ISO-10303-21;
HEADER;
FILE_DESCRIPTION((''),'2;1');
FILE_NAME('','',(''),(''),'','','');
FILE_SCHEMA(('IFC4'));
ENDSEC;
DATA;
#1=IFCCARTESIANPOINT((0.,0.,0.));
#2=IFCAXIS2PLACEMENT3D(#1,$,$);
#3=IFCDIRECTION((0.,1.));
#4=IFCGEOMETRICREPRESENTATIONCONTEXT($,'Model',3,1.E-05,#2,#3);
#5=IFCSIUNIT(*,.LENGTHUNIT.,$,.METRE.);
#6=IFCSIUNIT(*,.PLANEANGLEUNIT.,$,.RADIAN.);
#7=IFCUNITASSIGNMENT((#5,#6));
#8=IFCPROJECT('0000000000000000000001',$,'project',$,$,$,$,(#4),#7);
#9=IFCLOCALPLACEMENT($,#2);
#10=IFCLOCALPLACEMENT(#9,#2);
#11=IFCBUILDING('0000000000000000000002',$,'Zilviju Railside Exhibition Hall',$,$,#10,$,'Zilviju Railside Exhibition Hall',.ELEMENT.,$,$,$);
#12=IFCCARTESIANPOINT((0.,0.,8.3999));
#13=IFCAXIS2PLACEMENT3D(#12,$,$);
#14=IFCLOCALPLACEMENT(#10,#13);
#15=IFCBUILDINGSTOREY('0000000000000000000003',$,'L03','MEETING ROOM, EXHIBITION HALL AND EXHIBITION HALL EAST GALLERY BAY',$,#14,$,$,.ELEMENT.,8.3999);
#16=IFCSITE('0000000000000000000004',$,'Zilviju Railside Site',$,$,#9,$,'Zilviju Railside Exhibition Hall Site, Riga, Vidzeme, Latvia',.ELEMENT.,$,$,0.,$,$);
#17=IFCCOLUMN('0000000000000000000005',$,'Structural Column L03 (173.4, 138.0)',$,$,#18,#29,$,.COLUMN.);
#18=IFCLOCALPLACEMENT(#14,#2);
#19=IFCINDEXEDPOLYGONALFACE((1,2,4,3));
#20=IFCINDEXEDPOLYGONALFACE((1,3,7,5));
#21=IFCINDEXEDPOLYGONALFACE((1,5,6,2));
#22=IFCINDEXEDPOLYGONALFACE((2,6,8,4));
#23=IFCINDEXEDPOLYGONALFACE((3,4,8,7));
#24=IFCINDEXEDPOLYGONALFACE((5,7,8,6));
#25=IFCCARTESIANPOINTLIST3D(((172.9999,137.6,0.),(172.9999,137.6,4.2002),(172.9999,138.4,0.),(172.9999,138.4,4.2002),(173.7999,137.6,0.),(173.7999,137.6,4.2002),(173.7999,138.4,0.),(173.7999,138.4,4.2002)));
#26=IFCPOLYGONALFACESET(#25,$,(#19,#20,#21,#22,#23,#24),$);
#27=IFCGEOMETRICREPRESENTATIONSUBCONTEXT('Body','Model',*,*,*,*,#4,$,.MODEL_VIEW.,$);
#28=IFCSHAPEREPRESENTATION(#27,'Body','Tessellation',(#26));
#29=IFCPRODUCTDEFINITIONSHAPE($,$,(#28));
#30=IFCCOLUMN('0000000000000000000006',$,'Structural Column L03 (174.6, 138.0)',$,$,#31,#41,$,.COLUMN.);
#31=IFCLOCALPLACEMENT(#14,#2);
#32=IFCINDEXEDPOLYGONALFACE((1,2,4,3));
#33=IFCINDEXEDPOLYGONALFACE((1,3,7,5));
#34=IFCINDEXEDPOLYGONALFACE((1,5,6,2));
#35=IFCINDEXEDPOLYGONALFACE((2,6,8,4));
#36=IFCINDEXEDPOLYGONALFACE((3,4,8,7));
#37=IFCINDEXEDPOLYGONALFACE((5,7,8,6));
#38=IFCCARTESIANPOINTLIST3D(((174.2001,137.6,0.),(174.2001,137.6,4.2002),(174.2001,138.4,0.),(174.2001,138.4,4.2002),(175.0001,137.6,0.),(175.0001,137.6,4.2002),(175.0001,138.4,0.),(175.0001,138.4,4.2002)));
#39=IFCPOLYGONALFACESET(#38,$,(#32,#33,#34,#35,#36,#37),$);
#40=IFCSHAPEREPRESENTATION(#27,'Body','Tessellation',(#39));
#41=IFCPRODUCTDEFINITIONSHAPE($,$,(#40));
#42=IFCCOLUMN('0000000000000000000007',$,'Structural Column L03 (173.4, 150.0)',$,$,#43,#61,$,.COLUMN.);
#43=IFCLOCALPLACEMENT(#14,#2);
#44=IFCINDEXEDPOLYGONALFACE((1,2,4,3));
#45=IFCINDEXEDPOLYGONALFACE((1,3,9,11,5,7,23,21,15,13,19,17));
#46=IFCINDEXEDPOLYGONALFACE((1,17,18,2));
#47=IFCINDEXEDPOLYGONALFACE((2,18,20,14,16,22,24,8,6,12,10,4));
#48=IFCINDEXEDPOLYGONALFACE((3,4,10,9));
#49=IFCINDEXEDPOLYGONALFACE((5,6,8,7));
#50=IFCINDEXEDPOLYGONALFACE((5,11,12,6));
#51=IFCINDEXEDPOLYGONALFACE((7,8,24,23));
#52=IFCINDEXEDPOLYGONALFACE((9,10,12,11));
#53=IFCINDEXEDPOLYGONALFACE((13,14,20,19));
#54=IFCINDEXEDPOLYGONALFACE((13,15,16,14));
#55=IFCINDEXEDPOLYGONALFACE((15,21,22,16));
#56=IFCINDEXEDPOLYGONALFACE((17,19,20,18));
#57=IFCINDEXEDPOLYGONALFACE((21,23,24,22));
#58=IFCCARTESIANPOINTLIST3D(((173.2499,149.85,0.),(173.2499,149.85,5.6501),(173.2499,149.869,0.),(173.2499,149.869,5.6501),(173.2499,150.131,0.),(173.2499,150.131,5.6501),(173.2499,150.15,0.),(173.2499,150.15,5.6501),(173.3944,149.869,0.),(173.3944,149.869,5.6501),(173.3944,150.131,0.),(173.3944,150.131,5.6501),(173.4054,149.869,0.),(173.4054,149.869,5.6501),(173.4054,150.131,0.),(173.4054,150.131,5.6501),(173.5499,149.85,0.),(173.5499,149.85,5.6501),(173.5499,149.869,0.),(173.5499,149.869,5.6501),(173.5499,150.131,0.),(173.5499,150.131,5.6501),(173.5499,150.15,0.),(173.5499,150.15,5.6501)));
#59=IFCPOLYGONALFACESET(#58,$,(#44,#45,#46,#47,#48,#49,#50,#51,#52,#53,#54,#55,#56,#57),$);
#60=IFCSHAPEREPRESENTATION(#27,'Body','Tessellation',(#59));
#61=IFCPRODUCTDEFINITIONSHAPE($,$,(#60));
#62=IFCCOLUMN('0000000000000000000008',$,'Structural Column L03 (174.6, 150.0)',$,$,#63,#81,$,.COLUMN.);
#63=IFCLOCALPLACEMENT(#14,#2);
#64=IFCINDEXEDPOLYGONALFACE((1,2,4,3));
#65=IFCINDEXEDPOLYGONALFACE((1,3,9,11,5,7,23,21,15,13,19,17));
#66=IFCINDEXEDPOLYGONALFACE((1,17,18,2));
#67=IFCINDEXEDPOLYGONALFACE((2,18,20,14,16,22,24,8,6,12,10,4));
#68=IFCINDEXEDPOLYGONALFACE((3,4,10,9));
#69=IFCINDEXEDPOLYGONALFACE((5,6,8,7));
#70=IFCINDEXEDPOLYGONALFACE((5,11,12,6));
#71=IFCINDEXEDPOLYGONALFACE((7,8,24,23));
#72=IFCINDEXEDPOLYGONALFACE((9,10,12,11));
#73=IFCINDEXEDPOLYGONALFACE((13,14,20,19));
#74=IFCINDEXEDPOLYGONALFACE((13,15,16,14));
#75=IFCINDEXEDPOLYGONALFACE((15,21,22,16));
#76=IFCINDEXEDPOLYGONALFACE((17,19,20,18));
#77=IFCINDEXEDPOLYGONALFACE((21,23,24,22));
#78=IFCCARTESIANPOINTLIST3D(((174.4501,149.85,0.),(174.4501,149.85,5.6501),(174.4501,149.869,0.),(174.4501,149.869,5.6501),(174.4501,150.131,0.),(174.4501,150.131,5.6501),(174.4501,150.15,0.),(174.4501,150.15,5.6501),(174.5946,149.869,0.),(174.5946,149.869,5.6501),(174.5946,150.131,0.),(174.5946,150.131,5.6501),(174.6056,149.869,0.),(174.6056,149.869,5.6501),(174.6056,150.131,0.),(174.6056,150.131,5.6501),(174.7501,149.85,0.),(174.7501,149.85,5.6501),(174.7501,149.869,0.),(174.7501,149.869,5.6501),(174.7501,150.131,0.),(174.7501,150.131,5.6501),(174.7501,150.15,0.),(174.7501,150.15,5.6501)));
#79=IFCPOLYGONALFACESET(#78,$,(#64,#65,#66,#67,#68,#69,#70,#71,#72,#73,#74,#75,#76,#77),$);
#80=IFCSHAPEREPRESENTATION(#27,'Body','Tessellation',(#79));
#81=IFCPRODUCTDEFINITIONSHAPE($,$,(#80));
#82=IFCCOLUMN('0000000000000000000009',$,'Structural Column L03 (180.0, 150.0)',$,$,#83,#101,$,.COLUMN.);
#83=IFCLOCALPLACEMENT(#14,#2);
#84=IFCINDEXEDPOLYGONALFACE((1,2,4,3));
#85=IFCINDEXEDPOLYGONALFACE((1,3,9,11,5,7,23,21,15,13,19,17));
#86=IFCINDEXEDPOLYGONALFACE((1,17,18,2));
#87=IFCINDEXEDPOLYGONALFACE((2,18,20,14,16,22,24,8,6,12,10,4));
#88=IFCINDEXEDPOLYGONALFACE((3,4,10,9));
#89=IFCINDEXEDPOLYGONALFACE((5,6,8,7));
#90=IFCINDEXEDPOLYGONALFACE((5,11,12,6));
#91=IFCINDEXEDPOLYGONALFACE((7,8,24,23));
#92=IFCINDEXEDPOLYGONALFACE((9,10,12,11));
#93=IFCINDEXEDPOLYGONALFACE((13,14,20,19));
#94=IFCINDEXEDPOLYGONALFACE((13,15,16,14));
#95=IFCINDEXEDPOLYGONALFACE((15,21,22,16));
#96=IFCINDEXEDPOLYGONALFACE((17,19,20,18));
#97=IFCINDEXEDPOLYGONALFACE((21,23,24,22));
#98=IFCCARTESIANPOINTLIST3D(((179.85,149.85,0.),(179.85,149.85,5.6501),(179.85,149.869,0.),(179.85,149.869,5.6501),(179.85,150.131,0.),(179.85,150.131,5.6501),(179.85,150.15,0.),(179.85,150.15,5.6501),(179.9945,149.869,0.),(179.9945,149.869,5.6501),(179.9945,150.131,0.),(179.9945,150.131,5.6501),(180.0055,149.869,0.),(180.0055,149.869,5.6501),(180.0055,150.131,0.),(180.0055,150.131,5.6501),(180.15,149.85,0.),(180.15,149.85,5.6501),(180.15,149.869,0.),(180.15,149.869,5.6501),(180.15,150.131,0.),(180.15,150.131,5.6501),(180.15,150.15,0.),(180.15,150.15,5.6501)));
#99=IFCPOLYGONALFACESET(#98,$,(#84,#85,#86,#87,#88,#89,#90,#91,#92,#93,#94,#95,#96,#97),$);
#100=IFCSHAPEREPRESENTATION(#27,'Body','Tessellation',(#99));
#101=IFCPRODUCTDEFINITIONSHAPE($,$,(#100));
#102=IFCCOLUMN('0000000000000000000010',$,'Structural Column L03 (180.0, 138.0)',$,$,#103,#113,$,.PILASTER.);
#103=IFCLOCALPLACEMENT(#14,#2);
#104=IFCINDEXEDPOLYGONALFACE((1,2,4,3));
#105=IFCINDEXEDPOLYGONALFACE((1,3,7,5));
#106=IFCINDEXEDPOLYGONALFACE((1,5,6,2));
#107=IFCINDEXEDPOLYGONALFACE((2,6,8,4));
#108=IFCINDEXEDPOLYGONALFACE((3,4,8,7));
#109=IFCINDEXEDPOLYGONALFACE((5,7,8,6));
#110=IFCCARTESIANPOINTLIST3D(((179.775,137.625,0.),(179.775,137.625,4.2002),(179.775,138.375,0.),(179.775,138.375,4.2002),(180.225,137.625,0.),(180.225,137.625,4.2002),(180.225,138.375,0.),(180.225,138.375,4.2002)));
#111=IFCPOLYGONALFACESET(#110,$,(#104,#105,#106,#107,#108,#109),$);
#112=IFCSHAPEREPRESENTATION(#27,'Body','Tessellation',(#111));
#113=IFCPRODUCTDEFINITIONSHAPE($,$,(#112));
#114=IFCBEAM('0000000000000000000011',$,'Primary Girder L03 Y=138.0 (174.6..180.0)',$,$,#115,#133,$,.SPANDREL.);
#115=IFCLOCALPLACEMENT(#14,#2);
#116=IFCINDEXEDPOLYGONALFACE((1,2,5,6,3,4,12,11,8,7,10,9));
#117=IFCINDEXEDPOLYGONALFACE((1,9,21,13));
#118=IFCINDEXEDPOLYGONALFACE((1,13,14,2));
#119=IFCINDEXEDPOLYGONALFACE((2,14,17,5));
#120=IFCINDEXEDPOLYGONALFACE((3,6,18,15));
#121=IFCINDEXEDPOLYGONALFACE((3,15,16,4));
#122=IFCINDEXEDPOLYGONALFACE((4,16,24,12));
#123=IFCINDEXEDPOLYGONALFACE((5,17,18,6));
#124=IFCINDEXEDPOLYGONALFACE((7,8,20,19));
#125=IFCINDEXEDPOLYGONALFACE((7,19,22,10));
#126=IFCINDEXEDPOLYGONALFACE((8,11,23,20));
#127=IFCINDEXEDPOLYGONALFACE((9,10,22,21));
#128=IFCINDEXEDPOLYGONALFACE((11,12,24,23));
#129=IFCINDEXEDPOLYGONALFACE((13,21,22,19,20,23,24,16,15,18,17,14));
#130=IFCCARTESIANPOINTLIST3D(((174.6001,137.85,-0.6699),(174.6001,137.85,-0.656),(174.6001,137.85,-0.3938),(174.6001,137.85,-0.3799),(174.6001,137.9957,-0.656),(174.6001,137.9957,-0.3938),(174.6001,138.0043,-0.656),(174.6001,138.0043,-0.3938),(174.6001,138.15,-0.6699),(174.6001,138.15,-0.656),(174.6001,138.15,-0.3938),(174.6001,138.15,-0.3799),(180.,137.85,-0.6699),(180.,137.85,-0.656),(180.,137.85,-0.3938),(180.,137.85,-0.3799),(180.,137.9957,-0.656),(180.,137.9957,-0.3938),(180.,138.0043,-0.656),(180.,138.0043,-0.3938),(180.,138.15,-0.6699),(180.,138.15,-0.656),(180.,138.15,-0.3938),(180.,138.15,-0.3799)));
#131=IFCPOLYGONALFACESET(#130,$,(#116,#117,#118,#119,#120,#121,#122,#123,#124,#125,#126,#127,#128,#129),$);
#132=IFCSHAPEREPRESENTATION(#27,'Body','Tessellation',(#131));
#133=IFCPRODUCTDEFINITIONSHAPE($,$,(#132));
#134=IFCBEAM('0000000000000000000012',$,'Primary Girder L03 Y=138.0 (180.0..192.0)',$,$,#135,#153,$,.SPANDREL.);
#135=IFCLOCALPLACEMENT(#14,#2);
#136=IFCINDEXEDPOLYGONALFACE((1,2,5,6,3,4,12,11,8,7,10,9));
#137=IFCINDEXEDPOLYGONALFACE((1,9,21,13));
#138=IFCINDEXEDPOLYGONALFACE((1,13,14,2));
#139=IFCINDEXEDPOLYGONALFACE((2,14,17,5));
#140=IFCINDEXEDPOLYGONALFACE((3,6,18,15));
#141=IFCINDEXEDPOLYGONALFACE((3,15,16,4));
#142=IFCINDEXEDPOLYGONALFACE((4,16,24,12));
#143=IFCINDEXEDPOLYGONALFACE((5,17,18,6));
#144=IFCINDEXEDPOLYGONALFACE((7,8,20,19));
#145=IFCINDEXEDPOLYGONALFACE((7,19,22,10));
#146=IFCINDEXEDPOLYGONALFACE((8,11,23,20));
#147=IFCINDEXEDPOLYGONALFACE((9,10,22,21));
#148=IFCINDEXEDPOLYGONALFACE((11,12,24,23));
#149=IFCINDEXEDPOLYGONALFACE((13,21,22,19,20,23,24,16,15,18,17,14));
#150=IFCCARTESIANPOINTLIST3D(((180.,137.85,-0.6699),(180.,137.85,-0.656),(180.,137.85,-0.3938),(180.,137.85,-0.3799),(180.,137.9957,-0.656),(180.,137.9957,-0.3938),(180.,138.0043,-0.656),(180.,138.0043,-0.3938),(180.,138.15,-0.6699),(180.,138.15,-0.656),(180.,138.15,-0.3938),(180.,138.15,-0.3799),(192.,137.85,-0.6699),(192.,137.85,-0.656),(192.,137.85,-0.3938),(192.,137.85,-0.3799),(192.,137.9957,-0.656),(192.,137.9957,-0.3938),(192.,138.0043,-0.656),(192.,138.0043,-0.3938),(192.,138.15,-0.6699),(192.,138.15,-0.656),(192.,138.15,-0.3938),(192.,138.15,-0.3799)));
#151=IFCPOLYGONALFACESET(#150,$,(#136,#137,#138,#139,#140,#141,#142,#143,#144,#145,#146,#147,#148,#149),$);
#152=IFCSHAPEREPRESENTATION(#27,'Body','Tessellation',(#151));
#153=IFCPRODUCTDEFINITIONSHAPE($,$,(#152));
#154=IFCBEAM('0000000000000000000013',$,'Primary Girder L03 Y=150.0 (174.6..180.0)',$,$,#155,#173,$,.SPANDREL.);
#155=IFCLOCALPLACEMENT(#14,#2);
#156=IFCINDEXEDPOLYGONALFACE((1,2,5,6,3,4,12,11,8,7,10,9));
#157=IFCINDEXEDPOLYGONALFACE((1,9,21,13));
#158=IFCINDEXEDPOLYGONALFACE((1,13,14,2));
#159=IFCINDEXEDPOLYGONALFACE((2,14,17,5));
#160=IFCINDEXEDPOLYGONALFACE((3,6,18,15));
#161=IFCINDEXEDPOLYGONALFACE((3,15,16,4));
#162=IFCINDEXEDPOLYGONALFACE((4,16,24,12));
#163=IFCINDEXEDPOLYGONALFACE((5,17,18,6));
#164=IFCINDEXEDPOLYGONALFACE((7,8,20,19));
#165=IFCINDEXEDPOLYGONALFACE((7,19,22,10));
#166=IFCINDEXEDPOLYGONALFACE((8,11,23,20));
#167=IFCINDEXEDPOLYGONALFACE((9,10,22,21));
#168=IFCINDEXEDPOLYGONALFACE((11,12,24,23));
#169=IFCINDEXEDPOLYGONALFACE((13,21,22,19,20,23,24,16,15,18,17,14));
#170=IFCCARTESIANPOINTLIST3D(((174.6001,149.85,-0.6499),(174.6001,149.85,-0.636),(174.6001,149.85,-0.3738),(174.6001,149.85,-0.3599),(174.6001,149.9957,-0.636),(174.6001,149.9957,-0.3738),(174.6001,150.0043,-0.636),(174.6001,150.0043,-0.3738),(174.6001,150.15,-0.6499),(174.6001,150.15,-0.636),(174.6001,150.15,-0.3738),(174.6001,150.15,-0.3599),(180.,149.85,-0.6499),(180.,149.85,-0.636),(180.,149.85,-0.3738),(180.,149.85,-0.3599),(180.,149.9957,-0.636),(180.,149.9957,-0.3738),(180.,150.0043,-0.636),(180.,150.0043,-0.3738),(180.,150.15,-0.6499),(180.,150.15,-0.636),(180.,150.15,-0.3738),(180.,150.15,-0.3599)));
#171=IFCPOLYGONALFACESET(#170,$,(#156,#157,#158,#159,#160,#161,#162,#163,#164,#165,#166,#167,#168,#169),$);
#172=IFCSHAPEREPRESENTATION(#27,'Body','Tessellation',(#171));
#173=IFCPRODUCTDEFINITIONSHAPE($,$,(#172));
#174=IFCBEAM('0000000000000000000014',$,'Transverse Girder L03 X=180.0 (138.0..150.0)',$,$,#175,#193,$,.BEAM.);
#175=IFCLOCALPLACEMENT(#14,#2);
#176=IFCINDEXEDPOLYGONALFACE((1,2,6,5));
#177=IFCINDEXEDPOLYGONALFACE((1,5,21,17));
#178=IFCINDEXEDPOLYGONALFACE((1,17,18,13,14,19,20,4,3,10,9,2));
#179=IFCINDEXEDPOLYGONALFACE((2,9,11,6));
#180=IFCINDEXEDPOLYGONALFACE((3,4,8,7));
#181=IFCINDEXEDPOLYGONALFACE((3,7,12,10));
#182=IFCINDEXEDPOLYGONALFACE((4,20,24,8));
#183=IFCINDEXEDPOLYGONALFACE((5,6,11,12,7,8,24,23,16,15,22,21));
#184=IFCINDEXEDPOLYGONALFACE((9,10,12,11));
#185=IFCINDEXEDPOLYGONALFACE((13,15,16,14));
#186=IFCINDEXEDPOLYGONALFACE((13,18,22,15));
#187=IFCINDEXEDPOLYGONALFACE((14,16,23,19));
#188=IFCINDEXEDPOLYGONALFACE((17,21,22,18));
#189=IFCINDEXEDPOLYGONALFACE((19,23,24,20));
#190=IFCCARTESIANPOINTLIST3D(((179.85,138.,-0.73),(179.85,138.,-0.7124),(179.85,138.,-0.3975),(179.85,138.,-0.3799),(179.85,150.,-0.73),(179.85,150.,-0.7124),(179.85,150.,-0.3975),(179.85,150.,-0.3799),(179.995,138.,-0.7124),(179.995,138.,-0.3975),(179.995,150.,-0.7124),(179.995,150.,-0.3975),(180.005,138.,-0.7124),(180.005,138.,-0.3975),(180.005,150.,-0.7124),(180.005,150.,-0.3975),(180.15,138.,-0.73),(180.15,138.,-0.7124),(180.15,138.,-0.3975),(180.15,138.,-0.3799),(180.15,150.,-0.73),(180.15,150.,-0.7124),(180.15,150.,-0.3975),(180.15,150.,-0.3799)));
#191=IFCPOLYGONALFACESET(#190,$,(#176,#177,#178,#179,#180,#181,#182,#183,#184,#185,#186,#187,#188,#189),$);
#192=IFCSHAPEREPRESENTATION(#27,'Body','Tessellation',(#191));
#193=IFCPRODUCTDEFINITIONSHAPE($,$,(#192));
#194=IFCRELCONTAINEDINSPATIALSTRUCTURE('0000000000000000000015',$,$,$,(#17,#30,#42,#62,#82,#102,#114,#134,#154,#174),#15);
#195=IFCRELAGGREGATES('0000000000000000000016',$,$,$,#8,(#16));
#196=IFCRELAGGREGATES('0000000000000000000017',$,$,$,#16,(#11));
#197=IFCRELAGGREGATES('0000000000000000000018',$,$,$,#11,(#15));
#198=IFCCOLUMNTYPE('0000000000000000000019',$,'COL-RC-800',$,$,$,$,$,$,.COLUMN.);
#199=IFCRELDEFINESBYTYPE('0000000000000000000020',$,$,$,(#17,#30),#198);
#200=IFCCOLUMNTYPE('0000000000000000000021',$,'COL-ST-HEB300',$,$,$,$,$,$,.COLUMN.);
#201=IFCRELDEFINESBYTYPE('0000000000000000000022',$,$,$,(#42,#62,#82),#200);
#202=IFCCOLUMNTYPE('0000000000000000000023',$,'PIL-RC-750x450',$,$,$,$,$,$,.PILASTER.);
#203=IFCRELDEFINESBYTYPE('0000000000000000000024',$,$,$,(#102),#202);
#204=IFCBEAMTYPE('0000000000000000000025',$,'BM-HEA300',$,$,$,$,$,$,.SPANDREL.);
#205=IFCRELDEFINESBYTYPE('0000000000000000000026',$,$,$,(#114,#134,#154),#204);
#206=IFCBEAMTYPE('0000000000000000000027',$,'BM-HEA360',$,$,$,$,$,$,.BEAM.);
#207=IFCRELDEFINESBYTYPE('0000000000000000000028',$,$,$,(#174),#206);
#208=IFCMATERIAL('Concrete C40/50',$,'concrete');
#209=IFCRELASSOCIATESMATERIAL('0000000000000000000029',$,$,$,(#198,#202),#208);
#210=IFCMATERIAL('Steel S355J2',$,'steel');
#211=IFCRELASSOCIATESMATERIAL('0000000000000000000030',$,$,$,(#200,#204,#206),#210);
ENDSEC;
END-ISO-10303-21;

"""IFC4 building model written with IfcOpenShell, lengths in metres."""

from ifc_helpers import new_model, si_unit, direction, frame, origin, origin_2d, place, context, subcontext, project, spatial, rectangle, i_section, extrude, material, material_profile, profile_set, type_object, element, save


model = new_model("IFC4")

# Units and contexts
model_context = context("Model", 3, precision=1e-05, world=origin(), true_north=direction((0.0, 1.0)))
body_context = subcontext(model_context, "Body", "Model", "MODEL_VIEW")
ifc_project = project(units=[si_unit("LENGTHUNIT", "METRE"), si_unit("PLANEANGLEUNIT", "RADIAN")], contexts=[model_context])

# Site, building, storey
site_placement = place(None, origin())
site = spatial("IfcSite", under=ifc_project, at=site_placement, Name="Zilviju Railside Site", LongName="Zilviju Railside Exhibition Hall Site, Riga, Vidzeme, Latvia", CompositionType="ELEMENT", RefElevation=0.0)
building_placement = place(site_placement, origin())
building = spatial("IfcBuilding", under=site, at=building_placement, Name="Zilviju Railside Exhibition Hall", LongName="Zilviju Railside Exhibition Hall", CompositionType="ELEMENT")
storey_placement = place(building_placement, frame((0.0, 0.0, 8.3999)))
storey = spatial("IfcBuildingStorey", under=building, at=storey_placement, Name="L03", Description="MEETING ROOM, EXHIBITION HALL AND EXHIBITION HALL EAST GALLERY BAY", CompositionType="ELEMENT", Elevation=8.3999)

# Columns
ifc_material_1 = material(Name="Concrete C40/50", Category="concrete")
ifc_material_profile_1 = material_profile(ifc_material_1, rectangle(XDim=0.8, YDim=0.8, at=origin_2d()), Name="RC COL 800x800")
ifc_profile_set_1 = profile_set([ifc_material_profile_1], Name="Concrete C40/50")
column_type_1 = type_object("IfcColumnType", Name="COL-RC-800", PredefinedType="COLUMN", material=ifc_profile_set_1)
for number, where, z_axis, x_axis, name in (
    (1, (173.3999, 138.0, 0.0), (0.0, 0.0, 1.0), (1.0, 0.0, 0.0), "Structural Column L03 (173.4, 138.0)"),
    (2, (174.6001, 138.0, 0.0), (0.0, 0.0, 1.0), (1.0, 0.0, 0.0), "Structural Column L03 (174.6, 138.0)"),
):
    element("IfcColumn", number, at=place(storey_placement, frame(where, z_axis=z_axis, x_axis=x_axis)), inside=storey, type_object=column_type_1, Name=name, PredefinedType="COLUMN", context=body_context, shape_type="SweptSolid", body=[
        extrude(rectangle(XDim=0.8, YDim=0.8, at=origin_2d()), origin(), (0.0, 0.0, 1.0), 4.2002),
    ])
ifc_material_2 = material(Name="Steel S355J2", Category="steel")
ifc_material_profile_2 = material_profile(ifc_material_2, i_section(OverallWidth=0.3, OverallDepth=0.3, WebThickness=0.011, FlangeThickness=0.019, at=origin_2d()), Name="HEB 300")
ifc_profile_set_2 = profile_set([ifc_material_profile_2], Name="Steel S355J2")
column_type_2 = type_object("IfcColumnType", Name="COL-ST-HEB300", PredefinedType="COLUMN", material=ifc_profile_set_2)
for number, where, z_axis, x_axis, name in (
    (3, (173.3999, 150.0, 0.0), (0.0, 0.0, 1.0), (1.0, 0.0, 0.0), "Structural Column L03 (173.4, 150.0)"),
    (4, (174.6001, 150.0, 0.0), (0.0, 0.0, 1.0), (1.0, 0.0, 0.0), "Structural Column L03 (174.6, 150.0)"),
    (5, (180.0, 150.0, 0.0), (0.0, 0.0, 1.0), (1.0, 0.0, 0.0), "Structural Column L03 (180.0, 150.0)"),
):
    element("IfcColumn", number, at=place(storey_placement, frame(where, z_axis=z_axis, x_axis=x_axis)), inside=storey, type_object=column_type_2, Name=name, PredefinedType="COLUMN", context=body_context, shape_type="SweptSolid", body=[
        extrude(i_section(OverallWidth=0.3, OverallDepth=0.3, WebThickness=0.011, FlangeThickness=0.019, at=origin_2d()), origin(), (0.0, 0.0, 1.0), 5.6501),
    ])
ifc_material_profile_3 = material_profile(ifc_material_1, rectangle(XDim=0.45, YDim=0.75, at=origin_2d()), Name="RC COL 450x750")
ifc_profile_set_3 = profile_set([ifc_material_profile_3], Name="Concrete C40/50")
column_type_3 = type_object("IfcColumnType", Name="PIL-RC-750x450", PredefinedType="PILASTER", material=ifc_profile_set_3)
column_placement = place(storey_placement, frame((180.0, 138.0, 0.0), z_axis=(0.0, 0.0, 1.0), x_axis=(1.0, 0.0, 0.0)))
element("IfcColumn", 6, at=column_placement, inside=storey, type_object=column_type_3, Name="Structural Column L03 (180.0, 138.0)", PredefinedType="PILASTER", context=body_context, shape_type="SweptSolid", body=[
    extrude(rectangle(XDim=0.45, YDim=0.75, at=origin_2d()), origin(), (0.0, 0.0, 1.0), 4.2002),
])

# Beams
ifc_material_profile_4 = material_profile(ifc_material_2, i_section(OverallWidth=0.3, OverallDepth=0.29, WebThickness=0.0085, FlangeThickness=0.0139, at=origin_2d()), Name="HEA 300")
ifc_profile_set_4 = profile_set([ifc_material_profile_4], Name="Steel S355J2")
beam_type_1 = type_object("IfcBeamType", Name="BM-HEA300", PredefinedType="SPANDREL", material=ifc_profile_set_4)
beam_1_placement = place(storey_placement, frame((174.6001, 138.0, -0.5249), z_axis=(1.0, 0.0, 0.0), x_axis=(0.0, 1.0, 0.0)))
element("IfcBeam", 7, at=beam_1_placement, inside=storey, type_object=beam_type_1, Name="Primary Girder L03 Y=138.0 (174.6..180.0)", PredefinedType="SPANDREL", context=body_context, shape_type="SweptSolid", body=[
    extrude(i_section(OverallWidth=0.3, OverallDepth=0.29, WebThickness=0.0085, FlangeThickness=0.0139, at=origin_2d()), origin(), (0.0, 0.0, 1.0), 5.3999),
])
beam_2_placement = place(storey_placement, frame((180.0, 138.0, -0.5249), z_axis=(1.0, 0.0, 0.0), x_axis=(0.0, 1.0, 0.0)))
element("IfcBeam", 8, at=beam_2_placement, inside=storey, type_object=beam_type_1, Name="Primary Girder L03 Y=138.0 (180.0..192.0)", PredefinedType="SPANDREL", context=body_context, shape_type="SweptSolid", body=[
    extrude(i_section(OverallWidth=0.3, OverallDepth=0.29, WebThickness=0.0085, FlangeThickness=0.0139, at=origin_2d()), origin(), (0.0, 0.0, 1.0), 12.0),
])
beam_3_placement = place(storey_placement, frame((174.6001, 150.0, -0.5049), z_axis=(1.0, 0.0, 0.0), x_axis=(0.0, 1.0, 0.0)))
element("IfcBeam", 9, at=beam_3_placement, inside=storey, type_object=beam_type_1, Name="Primary Girder L03 Y=150.0 (174.6..180.0)", PredefinedType="SPANDREL", context=body_context, shape_type="SweptSolid", body=[
    extrude(i_section(OverallWidth=0.3, OverallDepth=0.29, WebThickness=0.0085, FlangeThickness=0.0139, at=origin_2d()), origin(), (0.0, 0.0, 1.0), 5.3999),
])
ifc_material_profile_5 = material_profile(ifc_material_2, i_section(OverallWidth=0.3, OverallDepth=0.3501, WebThickness=0.01, FlangeThickness=0.0176, at=origin_2d()), Name="HEA 360")
ifc_profile_set_5 = profile_set([ifc_material_profile_5], Name="Steel S355J2")
beam_type_2 = type_object("IfcBeamType", Name="BM-HEA360", PredefinedType="BEAM", material=ifc_profile_set_5)
beam_4_placement = place(storey_placement, frame((180.0, 138.0, -0.5549), z_axis=(0.0, 1.0, 0.0), x_axis=(-1.0, 0.0, 0.0)))
element("IfcBeam", 10, at=beam_4_placement, inside=storey, type_object=beam_type_2, Name="Transverse Girder L03 X=180.0 (138.0..150.0)", PredefinedType="BEAM", context=body_context, shape_type="SweptSolid", body=[
    extrude(i_section(OverallWidth=0.3, OverallDepth=0.3501, WebThickness=0.01, FlangeThickness=0.0176, at=origin_2d()), origin(), (0.0, 0.0, 1.0), 12.0),
])

save(model, "model.ifc")
